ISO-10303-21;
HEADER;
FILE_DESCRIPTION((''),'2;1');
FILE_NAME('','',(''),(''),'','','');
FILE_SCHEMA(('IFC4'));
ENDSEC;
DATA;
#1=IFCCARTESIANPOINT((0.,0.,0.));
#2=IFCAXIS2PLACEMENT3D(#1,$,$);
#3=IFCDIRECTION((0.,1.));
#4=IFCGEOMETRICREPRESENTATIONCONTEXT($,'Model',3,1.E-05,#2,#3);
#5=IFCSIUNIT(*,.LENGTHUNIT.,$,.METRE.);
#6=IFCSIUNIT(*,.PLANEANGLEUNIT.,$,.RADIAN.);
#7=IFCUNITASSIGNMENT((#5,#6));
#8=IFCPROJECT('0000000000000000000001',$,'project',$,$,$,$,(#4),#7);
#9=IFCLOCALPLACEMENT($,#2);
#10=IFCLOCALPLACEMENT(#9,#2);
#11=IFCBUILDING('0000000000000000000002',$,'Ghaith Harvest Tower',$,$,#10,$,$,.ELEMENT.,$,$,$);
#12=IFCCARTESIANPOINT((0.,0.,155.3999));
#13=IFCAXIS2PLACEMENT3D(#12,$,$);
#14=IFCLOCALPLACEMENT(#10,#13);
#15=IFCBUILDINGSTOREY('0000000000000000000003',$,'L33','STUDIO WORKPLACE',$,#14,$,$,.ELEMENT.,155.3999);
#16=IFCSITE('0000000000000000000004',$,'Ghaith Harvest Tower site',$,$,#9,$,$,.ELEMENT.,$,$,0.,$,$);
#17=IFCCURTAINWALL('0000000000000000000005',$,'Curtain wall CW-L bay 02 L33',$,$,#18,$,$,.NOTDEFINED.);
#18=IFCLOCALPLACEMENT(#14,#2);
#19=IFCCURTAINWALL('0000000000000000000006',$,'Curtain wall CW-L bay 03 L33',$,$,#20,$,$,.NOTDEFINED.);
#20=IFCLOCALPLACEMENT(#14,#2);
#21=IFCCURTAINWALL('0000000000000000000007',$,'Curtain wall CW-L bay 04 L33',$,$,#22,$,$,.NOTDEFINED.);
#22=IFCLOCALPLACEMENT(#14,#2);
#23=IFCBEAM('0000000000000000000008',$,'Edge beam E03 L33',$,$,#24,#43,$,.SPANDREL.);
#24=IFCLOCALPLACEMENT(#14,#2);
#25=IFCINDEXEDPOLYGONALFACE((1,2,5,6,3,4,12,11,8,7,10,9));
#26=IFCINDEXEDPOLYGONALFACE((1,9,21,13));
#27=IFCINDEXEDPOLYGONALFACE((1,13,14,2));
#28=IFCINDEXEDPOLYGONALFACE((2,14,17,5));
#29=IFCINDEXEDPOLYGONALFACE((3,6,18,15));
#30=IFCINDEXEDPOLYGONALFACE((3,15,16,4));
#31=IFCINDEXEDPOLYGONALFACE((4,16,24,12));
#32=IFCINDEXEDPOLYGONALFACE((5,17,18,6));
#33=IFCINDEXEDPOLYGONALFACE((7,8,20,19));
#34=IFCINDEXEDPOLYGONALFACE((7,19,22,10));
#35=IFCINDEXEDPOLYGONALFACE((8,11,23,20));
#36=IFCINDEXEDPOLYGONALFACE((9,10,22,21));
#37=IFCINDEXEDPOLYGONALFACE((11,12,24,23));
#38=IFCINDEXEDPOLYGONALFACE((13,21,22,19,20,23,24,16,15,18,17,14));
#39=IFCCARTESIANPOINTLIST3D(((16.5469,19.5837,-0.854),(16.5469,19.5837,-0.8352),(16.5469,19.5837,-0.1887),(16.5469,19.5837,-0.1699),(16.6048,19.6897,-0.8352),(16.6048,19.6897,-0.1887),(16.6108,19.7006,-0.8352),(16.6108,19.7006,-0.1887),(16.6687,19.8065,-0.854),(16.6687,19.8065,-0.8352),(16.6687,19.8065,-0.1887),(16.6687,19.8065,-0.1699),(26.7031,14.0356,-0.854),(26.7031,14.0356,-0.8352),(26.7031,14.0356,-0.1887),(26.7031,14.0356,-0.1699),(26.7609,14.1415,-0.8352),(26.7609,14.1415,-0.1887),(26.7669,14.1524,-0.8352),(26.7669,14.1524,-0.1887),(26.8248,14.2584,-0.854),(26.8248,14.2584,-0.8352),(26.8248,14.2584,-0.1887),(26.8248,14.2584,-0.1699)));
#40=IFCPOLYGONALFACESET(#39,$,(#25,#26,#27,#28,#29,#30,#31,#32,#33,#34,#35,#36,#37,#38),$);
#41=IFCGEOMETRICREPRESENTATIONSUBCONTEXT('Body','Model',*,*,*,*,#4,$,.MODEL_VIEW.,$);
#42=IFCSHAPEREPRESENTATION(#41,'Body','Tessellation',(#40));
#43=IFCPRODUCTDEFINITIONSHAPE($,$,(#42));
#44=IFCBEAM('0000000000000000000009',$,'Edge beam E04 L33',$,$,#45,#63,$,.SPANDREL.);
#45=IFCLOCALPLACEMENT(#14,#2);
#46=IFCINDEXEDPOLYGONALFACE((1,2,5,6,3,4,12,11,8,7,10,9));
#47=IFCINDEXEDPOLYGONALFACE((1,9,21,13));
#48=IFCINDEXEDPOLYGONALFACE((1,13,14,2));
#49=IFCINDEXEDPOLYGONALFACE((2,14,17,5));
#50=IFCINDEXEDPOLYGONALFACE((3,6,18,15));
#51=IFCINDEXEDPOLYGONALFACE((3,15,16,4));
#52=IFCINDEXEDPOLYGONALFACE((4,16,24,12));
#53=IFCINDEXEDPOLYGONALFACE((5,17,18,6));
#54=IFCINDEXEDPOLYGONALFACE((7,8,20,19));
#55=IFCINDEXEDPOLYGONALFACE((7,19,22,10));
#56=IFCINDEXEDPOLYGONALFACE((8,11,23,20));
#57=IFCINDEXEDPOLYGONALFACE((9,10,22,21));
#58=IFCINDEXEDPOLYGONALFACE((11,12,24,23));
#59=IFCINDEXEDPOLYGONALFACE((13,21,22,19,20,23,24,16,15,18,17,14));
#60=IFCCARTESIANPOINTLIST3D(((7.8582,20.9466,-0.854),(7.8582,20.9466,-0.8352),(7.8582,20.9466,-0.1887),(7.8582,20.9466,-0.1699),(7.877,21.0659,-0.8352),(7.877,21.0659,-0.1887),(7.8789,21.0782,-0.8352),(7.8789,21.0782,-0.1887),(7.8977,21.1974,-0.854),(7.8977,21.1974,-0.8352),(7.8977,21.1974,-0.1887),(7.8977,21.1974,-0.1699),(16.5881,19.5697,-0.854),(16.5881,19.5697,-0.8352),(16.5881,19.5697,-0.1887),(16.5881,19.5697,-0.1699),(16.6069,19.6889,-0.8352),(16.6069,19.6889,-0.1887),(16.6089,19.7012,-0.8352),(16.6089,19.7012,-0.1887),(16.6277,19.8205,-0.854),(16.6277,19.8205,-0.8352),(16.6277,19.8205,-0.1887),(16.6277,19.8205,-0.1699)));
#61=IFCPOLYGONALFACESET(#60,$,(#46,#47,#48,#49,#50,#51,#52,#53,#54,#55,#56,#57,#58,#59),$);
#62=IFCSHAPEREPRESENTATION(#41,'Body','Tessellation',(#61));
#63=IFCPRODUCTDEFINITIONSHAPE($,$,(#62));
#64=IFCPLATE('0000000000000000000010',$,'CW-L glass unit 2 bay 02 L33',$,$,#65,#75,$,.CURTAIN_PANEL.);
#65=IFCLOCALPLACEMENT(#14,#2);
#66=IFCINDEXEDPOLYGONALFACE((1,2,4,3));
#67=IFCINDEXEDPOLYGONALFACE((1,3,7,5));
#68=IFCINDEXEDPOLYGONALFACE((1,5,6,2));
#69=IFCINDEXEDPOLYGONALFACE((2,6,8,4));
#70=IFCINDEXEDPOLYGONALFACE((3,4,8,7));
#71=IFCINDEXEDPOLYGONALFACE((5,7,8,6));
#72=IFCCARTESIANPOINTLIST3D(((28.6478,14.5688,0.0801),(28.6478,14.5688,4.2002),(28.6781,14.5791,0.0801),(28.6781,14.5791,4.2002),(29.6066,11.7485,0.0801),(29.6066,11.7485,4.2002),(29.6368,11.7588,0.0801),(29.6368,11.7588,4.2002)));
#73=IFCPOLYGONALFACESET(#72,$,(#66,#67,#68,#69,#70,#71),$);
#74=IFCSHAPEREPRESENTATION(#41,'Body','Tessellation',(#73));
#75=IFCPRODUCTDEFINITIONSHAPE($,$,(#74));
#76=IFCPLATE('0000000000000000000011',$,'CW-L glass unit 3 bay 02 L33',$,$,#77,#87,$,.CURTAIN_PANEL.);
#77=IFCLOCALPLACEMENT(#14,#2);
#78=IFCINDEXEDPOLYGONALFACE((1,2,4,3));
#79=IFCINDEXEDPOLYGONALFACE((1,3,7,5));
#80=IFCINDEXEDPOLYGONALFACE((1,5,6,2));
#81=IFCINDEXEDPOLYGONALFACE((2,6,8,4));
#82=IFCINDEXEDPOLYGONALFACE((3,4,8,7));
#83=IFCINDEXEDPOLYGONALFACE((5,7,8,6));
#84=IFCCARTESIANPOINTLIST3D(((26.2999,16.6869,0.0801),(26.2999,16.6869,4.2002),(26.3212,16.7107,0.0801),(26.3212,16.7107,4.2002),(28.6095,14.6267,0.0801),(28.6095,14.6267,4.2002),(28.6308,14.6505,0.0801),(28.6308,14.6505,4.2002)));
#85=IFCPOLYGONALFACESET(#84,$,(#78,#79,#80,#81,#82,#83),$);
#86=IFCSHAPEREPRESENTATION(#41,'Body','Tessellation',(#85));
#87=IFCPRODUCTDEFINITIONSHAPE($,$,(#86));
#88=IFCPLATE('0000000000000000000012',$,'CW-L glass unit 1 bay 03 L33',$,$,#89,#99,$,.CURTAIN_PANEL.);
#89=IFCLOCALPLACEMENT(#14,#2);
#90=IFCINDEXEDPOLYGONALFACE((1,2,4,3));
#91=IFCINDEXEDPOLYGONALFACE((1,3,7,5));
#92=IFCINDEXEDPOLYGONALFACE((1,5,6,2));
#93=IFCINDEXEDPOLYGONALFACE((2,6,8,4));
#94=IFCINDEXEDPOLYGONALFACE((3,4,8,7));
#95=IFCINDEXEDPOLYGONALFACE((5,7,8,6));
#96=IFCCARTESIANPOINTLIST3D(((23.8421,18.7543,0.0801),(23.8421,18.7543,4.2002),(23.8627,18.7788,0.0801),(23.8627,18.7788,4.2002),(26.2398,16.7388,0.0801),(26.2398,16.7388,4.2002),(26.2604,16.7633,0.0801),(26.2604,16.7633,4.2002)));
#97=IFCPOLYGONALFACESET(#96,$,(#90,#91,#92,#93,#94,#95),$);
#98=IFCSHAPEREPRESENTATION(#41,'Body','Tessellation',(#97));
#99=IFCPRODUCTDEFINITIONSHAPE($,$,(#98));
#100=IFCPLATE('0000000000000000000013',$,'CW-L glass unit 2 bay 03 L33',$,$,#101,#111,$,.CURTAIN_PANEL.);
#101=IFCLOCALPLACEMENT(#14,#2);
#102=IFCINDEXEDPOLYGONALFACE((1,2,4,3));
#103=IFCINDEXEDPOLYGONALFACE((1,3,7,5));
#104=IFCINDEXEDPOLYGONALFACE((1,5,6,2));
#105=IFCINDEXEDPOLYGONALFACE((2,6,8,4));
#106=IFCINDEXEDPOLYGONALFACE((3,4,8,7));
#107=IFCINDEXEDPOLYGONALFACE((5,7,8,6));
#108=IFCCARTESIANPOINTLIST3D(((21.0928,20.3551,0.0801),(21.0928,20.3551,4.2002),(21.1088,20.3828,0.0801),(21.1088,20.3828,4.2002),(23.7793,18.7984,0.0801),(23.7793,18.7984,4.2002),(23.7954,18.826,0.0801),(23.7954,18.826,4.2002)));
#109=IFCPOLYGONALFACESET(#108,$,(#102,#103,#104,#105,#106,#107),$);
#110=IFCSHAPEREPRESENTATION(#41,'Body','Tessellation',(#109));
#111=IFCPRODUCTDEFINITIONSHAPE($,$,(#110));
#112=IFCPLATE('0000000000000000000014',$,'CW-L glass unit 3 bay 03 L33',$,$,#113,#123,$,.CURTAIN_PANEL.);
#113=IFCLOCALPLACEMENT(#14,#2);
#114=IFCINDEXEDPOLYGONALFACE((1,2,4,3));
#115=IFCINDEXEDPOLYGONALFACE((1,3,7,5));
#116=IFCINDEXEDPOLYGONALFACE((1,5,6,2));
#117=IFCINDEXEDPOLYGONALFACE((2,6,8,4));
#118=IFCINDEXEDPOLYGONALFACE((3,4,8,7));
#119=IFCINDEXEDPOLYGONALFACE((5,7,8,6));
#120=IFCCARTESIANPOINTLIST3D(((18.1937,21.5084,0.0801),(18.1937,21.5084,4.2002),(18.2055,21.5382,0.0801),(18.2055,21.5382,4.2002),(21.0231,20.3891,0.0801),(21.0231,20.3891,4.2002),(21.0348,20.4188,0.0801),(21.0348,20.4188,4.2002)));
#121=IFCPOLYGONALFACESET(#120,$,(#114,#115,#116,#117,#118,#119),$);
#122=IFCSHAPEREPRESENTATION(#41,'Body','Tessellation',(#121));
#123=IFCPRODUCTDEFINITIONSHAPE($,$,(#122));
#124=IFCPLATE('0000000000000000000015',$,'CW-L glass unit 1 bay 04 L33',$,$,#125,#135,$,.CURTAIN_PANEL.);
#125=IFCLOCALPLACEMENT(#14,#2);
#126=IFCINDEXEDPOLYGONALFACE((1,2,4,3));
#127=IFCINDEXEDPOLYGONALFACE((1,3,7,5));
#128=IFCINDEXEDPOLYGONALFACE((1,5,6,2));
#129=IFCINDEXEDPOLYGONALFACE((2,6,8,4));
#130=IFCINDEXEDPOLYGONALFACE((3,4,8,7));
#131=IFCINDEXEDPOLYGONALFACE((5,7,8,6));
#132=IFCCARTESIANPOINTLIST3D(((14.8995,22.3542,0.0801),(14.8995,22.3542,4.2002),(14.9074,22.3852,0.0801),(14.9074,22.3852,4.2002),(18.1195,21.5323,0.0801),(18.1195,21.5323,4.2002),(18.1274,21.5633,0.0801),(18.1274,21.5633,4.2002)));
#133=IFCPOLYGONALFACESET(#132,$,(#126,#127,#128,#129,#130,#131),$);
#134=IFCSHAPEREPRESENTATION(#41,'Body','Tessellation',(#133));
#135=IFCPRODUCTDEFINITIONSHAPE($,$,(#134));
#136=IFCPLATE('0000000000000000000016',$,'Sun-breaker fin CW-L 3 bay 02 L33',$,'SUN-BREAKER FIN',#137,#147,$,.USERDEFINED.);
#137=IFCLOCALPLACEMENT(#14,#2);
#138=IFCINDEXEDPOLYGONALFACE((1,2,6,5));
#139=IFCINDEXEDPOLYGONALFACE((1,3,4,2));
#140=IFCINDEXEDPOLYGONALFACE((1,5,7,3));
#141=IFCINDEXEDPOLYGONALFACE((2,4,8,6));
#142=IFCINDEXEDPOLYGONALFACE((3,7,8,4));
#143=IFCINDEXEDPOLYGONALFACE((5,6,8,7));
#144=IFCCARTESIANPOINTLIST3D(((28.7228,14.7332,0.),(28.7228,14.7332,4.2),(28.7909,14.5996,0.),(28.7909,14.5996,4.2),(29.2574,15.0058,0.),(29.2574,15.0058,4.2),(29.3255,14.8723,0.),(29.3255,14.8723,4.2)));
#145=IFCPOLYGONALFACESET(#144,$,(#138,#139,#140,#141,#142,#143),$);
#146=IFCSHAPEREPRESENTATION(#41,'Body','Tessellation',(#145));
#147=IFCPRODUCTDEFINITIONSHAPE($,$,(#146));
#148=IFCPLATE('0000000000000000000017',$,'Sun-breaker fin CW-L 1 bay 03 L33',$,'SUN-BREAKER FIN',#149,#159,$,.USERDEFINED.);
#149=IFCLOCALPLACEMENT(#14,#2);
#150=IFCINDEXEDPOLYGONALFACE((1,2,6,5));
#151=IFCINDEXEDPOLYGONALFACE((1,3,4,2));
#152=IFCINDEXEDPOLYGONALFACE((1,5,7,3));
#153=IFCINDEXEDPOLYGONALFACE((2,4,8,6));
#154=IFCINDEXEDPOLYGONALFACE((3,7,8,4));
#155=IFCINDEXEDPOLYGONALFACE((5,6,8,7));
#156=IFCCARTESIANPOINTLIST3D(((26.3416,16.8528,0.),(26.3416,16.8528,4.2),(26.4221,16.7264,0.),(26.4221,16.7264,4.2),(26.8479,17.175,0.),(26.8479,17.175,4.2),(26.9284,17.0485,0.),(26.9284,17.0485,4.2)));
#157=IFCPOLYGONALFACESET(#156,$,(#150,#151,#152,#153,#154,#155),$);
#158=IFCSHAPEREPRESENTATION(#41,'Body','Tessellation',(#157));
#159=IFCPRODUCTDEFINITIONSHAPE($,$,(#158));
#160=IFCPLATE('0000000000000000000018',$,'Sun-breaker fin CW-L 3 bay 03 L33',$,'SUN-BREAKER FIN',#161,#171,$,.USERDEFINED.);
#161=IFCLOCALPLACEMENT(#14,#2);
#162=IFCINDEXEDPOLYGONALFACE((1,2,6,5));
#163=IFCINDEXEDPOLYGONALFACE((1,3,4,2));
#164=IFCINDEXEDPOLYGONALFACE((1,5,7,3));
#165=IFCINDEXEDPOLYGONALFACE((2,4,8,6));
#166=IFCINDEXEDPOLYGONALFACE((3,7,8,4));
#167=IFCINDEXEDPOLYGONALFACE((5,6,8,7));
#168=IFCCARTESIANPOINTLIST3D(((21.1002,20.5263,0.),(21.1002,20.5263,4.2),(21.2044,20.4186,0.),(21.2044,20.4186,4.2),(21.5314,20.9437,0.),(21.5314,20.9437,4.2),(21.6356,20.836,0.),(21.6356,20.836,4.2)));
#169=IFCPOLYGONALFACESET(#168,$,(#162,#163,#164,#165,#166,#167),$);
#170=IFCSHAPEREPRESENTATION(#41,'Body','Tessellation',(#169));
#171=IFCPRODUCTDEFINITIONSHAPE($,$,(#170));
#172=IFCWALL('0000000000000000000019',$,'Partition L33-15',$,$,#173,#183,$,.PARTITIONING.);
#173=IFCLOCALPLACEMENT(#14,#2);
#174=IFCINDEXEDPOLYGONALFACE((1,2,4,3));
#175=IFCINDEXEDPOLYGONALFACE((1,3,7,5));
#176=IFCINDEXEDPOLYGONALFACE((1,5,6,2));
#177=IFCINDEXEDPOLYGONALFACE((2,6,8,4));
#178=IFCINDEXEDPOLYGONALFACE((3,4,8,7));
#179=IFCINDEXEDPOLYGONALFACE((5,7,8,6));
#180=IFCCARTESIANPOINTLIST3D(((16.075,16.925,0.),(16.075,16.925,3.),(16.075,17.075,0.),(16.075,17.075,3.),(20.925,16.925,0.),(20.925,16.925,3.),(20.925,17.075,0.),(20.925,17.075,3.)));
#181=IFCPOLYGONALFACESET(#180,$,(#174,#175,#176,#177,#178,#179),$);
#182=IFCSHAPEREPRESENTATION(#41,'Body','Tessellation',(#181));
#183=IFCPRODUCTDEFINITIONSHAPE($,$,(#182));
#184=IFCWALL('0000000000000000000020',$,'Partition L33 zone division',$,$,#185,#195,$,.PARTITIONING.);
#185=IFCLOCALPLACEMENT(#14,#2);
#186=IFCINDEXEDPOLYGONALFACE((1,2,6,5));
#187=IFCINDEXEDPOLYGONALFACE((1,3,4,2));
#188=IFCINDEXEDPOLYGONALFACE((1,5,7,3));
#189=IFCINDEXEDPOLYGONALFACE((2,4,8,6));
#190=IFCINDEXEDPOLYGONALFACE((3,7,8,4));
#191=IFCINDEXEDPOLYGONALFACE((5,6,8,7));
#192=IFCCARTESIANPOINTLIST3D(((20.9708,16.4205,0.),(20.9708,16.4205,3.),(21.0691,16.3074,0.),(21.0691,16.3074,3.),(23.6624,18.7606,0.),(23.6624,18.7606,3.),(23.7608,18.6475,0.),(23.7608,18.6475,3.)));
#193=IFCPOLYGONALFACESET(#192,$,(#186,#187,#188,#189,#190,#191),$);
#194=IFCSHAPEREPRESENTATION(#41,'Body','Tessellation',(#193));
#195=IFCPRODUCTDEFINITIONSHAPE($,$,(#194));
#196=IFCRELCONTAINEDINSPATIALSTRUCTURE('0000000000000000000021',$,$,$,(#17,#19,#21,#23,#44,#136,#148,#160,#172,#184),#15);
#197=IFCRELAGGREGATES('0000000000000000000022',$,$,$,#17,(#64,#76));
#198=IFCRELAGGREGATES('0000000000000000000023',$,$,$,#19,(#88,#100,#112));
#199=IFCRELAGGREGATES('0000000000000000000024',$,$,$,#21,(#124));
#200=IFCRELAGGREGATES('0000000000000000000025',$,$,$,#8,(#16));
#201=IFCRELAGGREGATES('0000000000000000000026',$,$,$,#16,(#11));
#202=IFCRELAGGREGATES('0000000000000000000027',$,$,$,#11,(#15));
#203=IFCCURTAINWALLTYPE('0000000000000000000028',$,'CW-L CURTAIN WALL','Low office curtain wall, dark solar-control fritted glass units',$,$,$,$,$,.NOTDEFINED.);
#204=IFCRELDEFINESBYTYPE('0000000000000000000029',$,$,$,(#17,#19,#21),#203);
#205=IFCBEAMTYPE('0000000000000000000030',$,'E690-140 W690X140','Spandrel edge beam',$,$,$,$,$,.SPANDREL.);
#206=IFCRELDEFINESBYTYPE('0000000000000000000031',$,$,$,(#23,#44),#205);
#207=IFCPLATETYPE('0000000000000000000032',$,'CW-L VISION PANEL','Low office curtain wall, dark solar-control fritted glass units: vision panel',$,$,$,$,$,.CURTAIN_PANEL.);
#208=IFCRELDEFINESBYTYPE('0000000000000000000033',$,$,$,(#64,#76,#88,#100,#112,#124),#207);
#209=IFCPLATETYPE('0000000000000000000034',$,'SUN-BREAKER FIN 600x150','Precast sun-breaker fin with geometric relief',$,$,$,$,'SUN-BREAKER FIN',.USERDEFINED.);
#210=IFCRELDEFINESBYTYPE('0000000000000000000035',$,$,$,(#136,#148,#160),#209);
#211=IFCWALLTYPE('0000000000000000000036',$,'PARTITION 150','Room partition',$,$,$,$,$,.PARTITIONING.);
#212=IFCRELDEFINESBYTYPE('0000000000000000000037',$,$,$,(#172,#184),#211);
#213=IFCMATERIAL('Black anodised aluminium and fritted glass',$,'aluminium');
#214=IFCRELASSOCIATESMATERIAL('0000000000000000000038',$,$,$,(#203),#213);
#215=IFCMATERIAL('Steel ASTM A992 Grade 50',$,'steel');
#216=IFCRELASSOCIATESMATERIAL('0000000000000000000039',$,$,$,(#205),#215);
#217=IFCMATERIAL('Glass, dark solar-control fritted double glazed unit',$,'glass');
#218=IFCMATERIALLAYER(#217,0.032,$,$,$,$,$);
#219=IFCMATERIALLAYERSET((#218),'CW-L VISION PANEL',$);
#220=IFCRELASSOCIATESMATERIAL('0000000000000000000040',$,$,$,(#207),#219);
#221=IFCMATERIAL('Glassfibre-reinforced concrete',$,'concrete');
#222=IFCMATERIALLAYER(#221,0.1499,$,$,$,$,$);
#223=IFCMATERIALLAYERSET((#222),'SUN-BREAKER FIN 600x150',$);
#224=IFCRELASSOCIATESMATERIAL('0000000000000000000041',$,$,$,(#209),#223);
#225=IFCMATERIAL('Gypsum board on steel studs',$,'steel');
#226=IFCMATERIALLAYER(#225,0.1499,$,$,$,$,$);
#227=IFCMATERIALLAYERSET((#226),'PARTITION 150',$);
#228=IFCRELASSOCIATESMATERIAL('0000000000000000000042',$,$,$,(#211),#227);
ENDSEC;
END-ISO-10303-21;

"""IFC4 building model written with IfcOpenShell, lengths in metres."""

from ifc_helpers import new_model, si_unit, direction, frame, frame_2d, origin, origin_2d, place, context, subcontext, project, spatial, rectangle, i_section, extrude, material, layer, layer_set, material_profile, profile_set, type_object, element, aggregate, save


model = new_model("IFC4")

# Units and contexts
model_context = context("Model", 3, precision=1e-05, world=origin(), true_north=direction((0.0, 1.0)))
body_context = subcontext(model_context, "Body", "Model", "MODEL_VIEW")
ifc_project = project(units=[si_unit("LENGTHUNIT", "METRE"), si_unit("PLANEANGLEUNIT", "RADIAN")], contexts=[model_context])

# Site, building, storey
site_placement = place(None, origin())
site = spatial("IfcSite", under=ifc_project, at=site_placement, Name="Ghaith Harvest Tower site", CompositionType="ELEMENT", RefElevation=0.0)
building_placement = place(site_placement, origin())
building = spatial("IfcBuilding", under=site, at=building_placement, Name="Ghaith Harvest Tower", CompositionType="ELEMENT")
storey_placement = place(building_placement, frame((0.0, 0.0, 155.3999)))
storey = spatial("IfcBuildingStorey", under=building, at=storey_placement, Name="L33", Description="STUDIO WORKPLACE", CompositionType="ELEMENT", Elevation=155.3999)

# Curtain wall
ifc_material_1 = material(Name="Black anodised aluminium and fritted glass", Category="aluminium")
curtain_wall_type = type_object("IfcCurtainWallType", Name="CW-L CURTAIN WALL", Description="Low office curtain wall, dark solar-control fritted glass units", PredefinedType="NOTDEFINED", material=ifc_material_1)
curtain_wall_1_placement = place(storey_placement, origin())
curtain_wall_1 = element("IfcCurtainWall", 1, at=curtain_wall_1_placement, inside=storey, type_object=curtain_wall_type, Name="Curtain wall CW-L bay 02 L33", PredefinedType="NOTDEFINED")

# Curtain walls
curtain_wall_2_placement = place(storey_placement, origin())
curtain_wall_2 = element("IfcCurtainWall", 2, at=curtain_wall_2_placement, inside=storey, type_object=curtain_wall_type, Name="Curtain wall CW-L bay 03 L33", PredefinedType="NOTDEFINED")
curtain_wall_3_placement = place(storey_placement, origin())
curtain_wall_3 = element("IfcCurtainWall", 3, at=curtain_wall_3_placement, inside=storey, type_object=curtain_wall_type, Name="Curtain wall CW-L bay 04 L33", PredefinedType="NOTDEFINED")

# Beams
ifc_material_2 = material(Name="Steel ASTM A992 Grade 50", Category="steel")
ifc_material_profile_1 = material_profile(ifc_material_2, i_section(OverallWidth=0.2539, OverallDepth=0.6841, WebThickness=0.0125, FlangeThickness=0.0188, at=origin_2d()), Name="W690X140")
ifc_profile_set_1 = profile_set([ifc_material_profile_1], Name="Steel ASTM A992 Grade 50")
beam_type = type_object("IfcBeamType", Name="E690-140 W690X140", Description="Spandrel edge beam", PredefinedType="SPANDREL", material=ifc_profile_set_1)
beam_1_placement = place(storey_placement, frame((26.7639, 14.147, -0.512), z_axis=(-0.877588, 0.479415, 0.0), x_axis=(-0.479415, -0.877588, 0.0)))
element("IfcBeam", 4, at=beam_1_placement, inside=storey, type_object=beam_type, Name="Edge beam E03 L33", PredefinedType="SPANDREL", context=body_context, shape_type="SweptSolid", body=[
    extrude(i_section(OverallWidth=0.2539, OverallDepth=0.6841, WebThickness=0.0125, FlangeThickness=0.0188, at=origin_2d()), origin(), (0.0, 0.0, 1.0), 11.5728),
])
beam_2_placement = place(storey_placement, frame((16.6079, 19.6951, -0.512), z_axis=(-0.987788, 0.155801, 0.0), x_axis=(-0.155801, -0.987788, 0.0)))
element("IfcBeam", 5, at=beam_2_placement, inside=storey, type_object=beam_type, Name="Edge beam E04 L33", PredefinedType="SPANDREL", context=body_context, shape_type="SweptSolid", body=[
    extrude(i_section(OverallWidth=0.2539, OverallDepth=0.6841, WebThickness=0.0125, FlangeThickness=0.0188, at=origin_2d()), origin(), (0.0, 0.0, 1.0), 8.8379),
])

# Plates
ifc_material_3 = material(Name="Glass, dark solar-control fritted double glazed unit", Category="glass")
ifc_layer_1 = layer(ifc_material_3, 0.032)
ifc_layer_set_1 = layer_set([ifc_layer_1], Name="CW-L VISION PANEL")
plate_type_1 = type_object("IfcPlateType", Name="CW-L VISION PANEL", Description="Low office curtain wall, dark solar-control fritted glass units: vision panel", PredefinedType="CURTAIN_PANEL", material=ifc_layer_set_1)
plate_1_placement = place(storey_placement, frame((29.1423, 13.1638, 0.0801), z_axis=(0.0, 0.0, 1.0), x_axis=(-0.321853, 0.94679, 0.0)))
plate_1 = element("IfcPlate", 6, at=plate_1_placement, type_object=plate_type_1, Name="CW-L glass unit 2 bay 02 L33", PredefinedType="CURTAIN_PANEL", context=body_context, shape_type="SweptSolid", body=[
    extrude(rectangle(XDim=2.9788, YDim=0.032, at=origin_2d()), origin(), (0.0, 0.0, 1.0), 4.1201),
])
plate_2_placement = place(storey_placement, frame((27.4653, 15.6687, 0.0801), z_axis=(0.0, 0.0, 1.0), x_axis=(-0.746251, 0.665665, 0.0)))
plate_2 = element("IfcPlate", 7, at=plate_2_placement, type_object=plate_type_1, Name="CW-L glass unit 3 bay 02 L33", PredefinedType="CURTAIN_PANEL", context=body_context, shape_type="SweptSolid", body=[
    extrude(rectangle(XDim=3.095, YDim=0.032, at=origin_2d()), origin(), (0.0, 0.0, 1.0), 4.1201),
])
aggregate(curtain_wall_1, [plate_1, plate_2])
plate_3_placement = place(storey_placement, frame((25.0513, 17.7588, 0.0801), z_axis=(0.0, 0.0, 1.0), x_axis=(-0.765473, 0.643468, 0.0)))
plate_3 = element("IfcPlate", 8, at=plate_3_placement, type_object=plate_type_1, Name="CW-L glass unit 1 bay 03 L33", PredefinedType="CURTAIN_PANEL", context=body_context, shape_type="SweptSolid", body=[
    extrude(rectangle(XDim=3.1323, YDim=0.032, at=origin_2d()), origin(), (0.0, 0.0, 1.0), 4.1201),
])
plate_4_placement = place(storey_placement, frame((22.4441, 19.5906, 0.0801), z_axis=(0.0, 0.0, 1.0), x_axis=(-0.865232, 0.501372, 0.0)))
plate_4 = element("IfcPlate", 9, at=plate_4_placement, type_object=plate_type_1, Name="CW-L glass unit 2 bay 03 L33", PredefinedType="CURTAIN_PANEL", context=body_context, shape_type="SweptSolid", body=[
    extrude(rectangle(XDim=3.105, YDim=0.032, at=origin_2d()), origin(), (0.0, 0.0, 1.0), 4.1201),
])
plate_5_placement = place(storey_placement, frame((19.6143, 20.9636, 0.0801), z_axis=(0.0, 0.0, 1.0), x_axis=(-0.929877, 0.367872, 0.0)))
plate_5 = element("IfcPlate", 10, at=plate_5_placement, type_object=plate_type_1, Name="CW-L glass unit 3 bay 03 L33", PredefinedType="CURTAIN_PANEL", context=body_context, shape_type="SweptSolid", body=[
    extrude(rectangle(XDim=3.0427, YDim=0.032, at=origin_2d()), origin(), (0.0, 0.0, 1.0), 4.1201),
])
aggregate(curtain_wall_2, [plate_3, plate_4, plate_5])
plate_6_placement = place(storey_placement, frame((16.5134, 21.9587, 0.0801), z_axis=(0.0, 0.0, 1.0), x_axis=(-0.968931, 0.247331, 0.0)))
plate_6 = element("IfcPlate", 11, at=plate_6_placement, type_object=plate_type_1, Name="CW-L glass unit 1 bay 04 L33", PredefinedType="CURTAIN_PANEL", context=body_context, shape_type="SweptSolid", body=[
    extrude(rectangle(XDim=3.3232, YDim=0.032, at=origin_2d()), origin(), (0.0, 0.0, 1.0), 4.1201),
])
aggregate(curtain_wall_3, [plate_6])

# Plates
ifc_material_4 = material(Name="Glassfibre-reinforced concrete", Category="concrete")
ifc_layer_2 = layer(ifc_material_4, 0.1499)
ifc_layer_set_2 = layer_set([ifc_layer_2], Name="SUN-BREAKER FIN 600x150")
plate_type_2 = type_object("IfcPlateType", Name="SUN-BREAKER FIN 600x150", Description="Precast sun-breaker fin with geometric relief", ElementType="SUN-BREAKER FIN", PredefinedType="USERDEFINED", material=ifc_layer_set_2)
for number, where, z_axis, x_axis, name in (
    (12, (29.0242, 14.8027, 0.0), (0.0, 0.0, 1.0), (0.890831, 0.454335, 0.0), "Sun-breaker fin CW-L 3 bay 02 L33"),
    (13, (26.635, 16.9507, 0.0), (0.0, 0.0, 1.0), (0.843644, 0.536903, 0.0), "Sun-breaker fin CW-L 1 bay 03 L33"),
    (14, (21.3679, 20.6812, 0.0), (0.0, 0.0, 1.0), (0.718559, 0.695466, 0.0), "Sun-breaker fin CW-L 3 bay 03 L33"),
):
    element("IfcPlate", number, at=place(storey_placement, frame(where, z_axis=z_axis, x_axis=x_axis)), inside=storey, type_object=plate_type_2, Name=name, ObjectType="SUN-BREAKER FIN", PredefinedType="USERDEFINED", context=body_context, shape_type="SweptSolid", body=[
        extrude(rectangle(XDim=0.6001, YDim=0.1499, at=origin_2d()), origin(), (0.0, 0.0, 1.0), 4.2),
    ])

# Walls
ifc_material_5 = material(Name="Gypsum board on steel studs", Category="steel")
ifc_layer_3 = layer(ifc_material_5, 0.1499)
ifc_layer_set_3 = layer_set([ifc_layer_3], Name="PARTITION 150")
wall_type = type_object("IfcWallType", Name="PARTITION 150", Description="Room partition", PredefinedType="PARTITIONING", material=ifc_layer_set_3)
wall_1_placement = place(storey_placement, frame((16.075, 17.0, 0.0), z_axis=(0.0, 0.0, 1.0), x_axis=(1.0, 0.0, 0.0)))
element("IfcWall", 15, at=wall_1_placement, inside=storey, type_object=wall_type, Name="Partition L33-15", PredefinedType="PARTITIONING", context=body_context, shape_type="SweptSolid", body=[
    extrude(rectangle(XDim=4.8501, YDim=0.1499, at=frame_2d((2.425, 0.0))), origin(), (0.0, 0.0, 1.0), 3.0),
])
wall_2_placement = place(storey_placement, frame((21.02, 16.364, 0.0), z_axis=(0.0, 0.0, 1.0), x_axis=(0.754672, 0.656102, 0.0)))
element("IfcWall", 16, at=wall_2_placement, inside=storey, type_object=wall_type, Name="Partition L33 zone division", PredefinedType="PARTITIONING", context=body_context, shape_type="SweptSolid", body=[
    extrude(rectangle(XDim=3.5667, YDim=0.1499, at=frame_2d((1.7832, 0.0))), origin(), (0.0, 0.0, 1.0), 3.0),
])

save(model, "model.ifc")
